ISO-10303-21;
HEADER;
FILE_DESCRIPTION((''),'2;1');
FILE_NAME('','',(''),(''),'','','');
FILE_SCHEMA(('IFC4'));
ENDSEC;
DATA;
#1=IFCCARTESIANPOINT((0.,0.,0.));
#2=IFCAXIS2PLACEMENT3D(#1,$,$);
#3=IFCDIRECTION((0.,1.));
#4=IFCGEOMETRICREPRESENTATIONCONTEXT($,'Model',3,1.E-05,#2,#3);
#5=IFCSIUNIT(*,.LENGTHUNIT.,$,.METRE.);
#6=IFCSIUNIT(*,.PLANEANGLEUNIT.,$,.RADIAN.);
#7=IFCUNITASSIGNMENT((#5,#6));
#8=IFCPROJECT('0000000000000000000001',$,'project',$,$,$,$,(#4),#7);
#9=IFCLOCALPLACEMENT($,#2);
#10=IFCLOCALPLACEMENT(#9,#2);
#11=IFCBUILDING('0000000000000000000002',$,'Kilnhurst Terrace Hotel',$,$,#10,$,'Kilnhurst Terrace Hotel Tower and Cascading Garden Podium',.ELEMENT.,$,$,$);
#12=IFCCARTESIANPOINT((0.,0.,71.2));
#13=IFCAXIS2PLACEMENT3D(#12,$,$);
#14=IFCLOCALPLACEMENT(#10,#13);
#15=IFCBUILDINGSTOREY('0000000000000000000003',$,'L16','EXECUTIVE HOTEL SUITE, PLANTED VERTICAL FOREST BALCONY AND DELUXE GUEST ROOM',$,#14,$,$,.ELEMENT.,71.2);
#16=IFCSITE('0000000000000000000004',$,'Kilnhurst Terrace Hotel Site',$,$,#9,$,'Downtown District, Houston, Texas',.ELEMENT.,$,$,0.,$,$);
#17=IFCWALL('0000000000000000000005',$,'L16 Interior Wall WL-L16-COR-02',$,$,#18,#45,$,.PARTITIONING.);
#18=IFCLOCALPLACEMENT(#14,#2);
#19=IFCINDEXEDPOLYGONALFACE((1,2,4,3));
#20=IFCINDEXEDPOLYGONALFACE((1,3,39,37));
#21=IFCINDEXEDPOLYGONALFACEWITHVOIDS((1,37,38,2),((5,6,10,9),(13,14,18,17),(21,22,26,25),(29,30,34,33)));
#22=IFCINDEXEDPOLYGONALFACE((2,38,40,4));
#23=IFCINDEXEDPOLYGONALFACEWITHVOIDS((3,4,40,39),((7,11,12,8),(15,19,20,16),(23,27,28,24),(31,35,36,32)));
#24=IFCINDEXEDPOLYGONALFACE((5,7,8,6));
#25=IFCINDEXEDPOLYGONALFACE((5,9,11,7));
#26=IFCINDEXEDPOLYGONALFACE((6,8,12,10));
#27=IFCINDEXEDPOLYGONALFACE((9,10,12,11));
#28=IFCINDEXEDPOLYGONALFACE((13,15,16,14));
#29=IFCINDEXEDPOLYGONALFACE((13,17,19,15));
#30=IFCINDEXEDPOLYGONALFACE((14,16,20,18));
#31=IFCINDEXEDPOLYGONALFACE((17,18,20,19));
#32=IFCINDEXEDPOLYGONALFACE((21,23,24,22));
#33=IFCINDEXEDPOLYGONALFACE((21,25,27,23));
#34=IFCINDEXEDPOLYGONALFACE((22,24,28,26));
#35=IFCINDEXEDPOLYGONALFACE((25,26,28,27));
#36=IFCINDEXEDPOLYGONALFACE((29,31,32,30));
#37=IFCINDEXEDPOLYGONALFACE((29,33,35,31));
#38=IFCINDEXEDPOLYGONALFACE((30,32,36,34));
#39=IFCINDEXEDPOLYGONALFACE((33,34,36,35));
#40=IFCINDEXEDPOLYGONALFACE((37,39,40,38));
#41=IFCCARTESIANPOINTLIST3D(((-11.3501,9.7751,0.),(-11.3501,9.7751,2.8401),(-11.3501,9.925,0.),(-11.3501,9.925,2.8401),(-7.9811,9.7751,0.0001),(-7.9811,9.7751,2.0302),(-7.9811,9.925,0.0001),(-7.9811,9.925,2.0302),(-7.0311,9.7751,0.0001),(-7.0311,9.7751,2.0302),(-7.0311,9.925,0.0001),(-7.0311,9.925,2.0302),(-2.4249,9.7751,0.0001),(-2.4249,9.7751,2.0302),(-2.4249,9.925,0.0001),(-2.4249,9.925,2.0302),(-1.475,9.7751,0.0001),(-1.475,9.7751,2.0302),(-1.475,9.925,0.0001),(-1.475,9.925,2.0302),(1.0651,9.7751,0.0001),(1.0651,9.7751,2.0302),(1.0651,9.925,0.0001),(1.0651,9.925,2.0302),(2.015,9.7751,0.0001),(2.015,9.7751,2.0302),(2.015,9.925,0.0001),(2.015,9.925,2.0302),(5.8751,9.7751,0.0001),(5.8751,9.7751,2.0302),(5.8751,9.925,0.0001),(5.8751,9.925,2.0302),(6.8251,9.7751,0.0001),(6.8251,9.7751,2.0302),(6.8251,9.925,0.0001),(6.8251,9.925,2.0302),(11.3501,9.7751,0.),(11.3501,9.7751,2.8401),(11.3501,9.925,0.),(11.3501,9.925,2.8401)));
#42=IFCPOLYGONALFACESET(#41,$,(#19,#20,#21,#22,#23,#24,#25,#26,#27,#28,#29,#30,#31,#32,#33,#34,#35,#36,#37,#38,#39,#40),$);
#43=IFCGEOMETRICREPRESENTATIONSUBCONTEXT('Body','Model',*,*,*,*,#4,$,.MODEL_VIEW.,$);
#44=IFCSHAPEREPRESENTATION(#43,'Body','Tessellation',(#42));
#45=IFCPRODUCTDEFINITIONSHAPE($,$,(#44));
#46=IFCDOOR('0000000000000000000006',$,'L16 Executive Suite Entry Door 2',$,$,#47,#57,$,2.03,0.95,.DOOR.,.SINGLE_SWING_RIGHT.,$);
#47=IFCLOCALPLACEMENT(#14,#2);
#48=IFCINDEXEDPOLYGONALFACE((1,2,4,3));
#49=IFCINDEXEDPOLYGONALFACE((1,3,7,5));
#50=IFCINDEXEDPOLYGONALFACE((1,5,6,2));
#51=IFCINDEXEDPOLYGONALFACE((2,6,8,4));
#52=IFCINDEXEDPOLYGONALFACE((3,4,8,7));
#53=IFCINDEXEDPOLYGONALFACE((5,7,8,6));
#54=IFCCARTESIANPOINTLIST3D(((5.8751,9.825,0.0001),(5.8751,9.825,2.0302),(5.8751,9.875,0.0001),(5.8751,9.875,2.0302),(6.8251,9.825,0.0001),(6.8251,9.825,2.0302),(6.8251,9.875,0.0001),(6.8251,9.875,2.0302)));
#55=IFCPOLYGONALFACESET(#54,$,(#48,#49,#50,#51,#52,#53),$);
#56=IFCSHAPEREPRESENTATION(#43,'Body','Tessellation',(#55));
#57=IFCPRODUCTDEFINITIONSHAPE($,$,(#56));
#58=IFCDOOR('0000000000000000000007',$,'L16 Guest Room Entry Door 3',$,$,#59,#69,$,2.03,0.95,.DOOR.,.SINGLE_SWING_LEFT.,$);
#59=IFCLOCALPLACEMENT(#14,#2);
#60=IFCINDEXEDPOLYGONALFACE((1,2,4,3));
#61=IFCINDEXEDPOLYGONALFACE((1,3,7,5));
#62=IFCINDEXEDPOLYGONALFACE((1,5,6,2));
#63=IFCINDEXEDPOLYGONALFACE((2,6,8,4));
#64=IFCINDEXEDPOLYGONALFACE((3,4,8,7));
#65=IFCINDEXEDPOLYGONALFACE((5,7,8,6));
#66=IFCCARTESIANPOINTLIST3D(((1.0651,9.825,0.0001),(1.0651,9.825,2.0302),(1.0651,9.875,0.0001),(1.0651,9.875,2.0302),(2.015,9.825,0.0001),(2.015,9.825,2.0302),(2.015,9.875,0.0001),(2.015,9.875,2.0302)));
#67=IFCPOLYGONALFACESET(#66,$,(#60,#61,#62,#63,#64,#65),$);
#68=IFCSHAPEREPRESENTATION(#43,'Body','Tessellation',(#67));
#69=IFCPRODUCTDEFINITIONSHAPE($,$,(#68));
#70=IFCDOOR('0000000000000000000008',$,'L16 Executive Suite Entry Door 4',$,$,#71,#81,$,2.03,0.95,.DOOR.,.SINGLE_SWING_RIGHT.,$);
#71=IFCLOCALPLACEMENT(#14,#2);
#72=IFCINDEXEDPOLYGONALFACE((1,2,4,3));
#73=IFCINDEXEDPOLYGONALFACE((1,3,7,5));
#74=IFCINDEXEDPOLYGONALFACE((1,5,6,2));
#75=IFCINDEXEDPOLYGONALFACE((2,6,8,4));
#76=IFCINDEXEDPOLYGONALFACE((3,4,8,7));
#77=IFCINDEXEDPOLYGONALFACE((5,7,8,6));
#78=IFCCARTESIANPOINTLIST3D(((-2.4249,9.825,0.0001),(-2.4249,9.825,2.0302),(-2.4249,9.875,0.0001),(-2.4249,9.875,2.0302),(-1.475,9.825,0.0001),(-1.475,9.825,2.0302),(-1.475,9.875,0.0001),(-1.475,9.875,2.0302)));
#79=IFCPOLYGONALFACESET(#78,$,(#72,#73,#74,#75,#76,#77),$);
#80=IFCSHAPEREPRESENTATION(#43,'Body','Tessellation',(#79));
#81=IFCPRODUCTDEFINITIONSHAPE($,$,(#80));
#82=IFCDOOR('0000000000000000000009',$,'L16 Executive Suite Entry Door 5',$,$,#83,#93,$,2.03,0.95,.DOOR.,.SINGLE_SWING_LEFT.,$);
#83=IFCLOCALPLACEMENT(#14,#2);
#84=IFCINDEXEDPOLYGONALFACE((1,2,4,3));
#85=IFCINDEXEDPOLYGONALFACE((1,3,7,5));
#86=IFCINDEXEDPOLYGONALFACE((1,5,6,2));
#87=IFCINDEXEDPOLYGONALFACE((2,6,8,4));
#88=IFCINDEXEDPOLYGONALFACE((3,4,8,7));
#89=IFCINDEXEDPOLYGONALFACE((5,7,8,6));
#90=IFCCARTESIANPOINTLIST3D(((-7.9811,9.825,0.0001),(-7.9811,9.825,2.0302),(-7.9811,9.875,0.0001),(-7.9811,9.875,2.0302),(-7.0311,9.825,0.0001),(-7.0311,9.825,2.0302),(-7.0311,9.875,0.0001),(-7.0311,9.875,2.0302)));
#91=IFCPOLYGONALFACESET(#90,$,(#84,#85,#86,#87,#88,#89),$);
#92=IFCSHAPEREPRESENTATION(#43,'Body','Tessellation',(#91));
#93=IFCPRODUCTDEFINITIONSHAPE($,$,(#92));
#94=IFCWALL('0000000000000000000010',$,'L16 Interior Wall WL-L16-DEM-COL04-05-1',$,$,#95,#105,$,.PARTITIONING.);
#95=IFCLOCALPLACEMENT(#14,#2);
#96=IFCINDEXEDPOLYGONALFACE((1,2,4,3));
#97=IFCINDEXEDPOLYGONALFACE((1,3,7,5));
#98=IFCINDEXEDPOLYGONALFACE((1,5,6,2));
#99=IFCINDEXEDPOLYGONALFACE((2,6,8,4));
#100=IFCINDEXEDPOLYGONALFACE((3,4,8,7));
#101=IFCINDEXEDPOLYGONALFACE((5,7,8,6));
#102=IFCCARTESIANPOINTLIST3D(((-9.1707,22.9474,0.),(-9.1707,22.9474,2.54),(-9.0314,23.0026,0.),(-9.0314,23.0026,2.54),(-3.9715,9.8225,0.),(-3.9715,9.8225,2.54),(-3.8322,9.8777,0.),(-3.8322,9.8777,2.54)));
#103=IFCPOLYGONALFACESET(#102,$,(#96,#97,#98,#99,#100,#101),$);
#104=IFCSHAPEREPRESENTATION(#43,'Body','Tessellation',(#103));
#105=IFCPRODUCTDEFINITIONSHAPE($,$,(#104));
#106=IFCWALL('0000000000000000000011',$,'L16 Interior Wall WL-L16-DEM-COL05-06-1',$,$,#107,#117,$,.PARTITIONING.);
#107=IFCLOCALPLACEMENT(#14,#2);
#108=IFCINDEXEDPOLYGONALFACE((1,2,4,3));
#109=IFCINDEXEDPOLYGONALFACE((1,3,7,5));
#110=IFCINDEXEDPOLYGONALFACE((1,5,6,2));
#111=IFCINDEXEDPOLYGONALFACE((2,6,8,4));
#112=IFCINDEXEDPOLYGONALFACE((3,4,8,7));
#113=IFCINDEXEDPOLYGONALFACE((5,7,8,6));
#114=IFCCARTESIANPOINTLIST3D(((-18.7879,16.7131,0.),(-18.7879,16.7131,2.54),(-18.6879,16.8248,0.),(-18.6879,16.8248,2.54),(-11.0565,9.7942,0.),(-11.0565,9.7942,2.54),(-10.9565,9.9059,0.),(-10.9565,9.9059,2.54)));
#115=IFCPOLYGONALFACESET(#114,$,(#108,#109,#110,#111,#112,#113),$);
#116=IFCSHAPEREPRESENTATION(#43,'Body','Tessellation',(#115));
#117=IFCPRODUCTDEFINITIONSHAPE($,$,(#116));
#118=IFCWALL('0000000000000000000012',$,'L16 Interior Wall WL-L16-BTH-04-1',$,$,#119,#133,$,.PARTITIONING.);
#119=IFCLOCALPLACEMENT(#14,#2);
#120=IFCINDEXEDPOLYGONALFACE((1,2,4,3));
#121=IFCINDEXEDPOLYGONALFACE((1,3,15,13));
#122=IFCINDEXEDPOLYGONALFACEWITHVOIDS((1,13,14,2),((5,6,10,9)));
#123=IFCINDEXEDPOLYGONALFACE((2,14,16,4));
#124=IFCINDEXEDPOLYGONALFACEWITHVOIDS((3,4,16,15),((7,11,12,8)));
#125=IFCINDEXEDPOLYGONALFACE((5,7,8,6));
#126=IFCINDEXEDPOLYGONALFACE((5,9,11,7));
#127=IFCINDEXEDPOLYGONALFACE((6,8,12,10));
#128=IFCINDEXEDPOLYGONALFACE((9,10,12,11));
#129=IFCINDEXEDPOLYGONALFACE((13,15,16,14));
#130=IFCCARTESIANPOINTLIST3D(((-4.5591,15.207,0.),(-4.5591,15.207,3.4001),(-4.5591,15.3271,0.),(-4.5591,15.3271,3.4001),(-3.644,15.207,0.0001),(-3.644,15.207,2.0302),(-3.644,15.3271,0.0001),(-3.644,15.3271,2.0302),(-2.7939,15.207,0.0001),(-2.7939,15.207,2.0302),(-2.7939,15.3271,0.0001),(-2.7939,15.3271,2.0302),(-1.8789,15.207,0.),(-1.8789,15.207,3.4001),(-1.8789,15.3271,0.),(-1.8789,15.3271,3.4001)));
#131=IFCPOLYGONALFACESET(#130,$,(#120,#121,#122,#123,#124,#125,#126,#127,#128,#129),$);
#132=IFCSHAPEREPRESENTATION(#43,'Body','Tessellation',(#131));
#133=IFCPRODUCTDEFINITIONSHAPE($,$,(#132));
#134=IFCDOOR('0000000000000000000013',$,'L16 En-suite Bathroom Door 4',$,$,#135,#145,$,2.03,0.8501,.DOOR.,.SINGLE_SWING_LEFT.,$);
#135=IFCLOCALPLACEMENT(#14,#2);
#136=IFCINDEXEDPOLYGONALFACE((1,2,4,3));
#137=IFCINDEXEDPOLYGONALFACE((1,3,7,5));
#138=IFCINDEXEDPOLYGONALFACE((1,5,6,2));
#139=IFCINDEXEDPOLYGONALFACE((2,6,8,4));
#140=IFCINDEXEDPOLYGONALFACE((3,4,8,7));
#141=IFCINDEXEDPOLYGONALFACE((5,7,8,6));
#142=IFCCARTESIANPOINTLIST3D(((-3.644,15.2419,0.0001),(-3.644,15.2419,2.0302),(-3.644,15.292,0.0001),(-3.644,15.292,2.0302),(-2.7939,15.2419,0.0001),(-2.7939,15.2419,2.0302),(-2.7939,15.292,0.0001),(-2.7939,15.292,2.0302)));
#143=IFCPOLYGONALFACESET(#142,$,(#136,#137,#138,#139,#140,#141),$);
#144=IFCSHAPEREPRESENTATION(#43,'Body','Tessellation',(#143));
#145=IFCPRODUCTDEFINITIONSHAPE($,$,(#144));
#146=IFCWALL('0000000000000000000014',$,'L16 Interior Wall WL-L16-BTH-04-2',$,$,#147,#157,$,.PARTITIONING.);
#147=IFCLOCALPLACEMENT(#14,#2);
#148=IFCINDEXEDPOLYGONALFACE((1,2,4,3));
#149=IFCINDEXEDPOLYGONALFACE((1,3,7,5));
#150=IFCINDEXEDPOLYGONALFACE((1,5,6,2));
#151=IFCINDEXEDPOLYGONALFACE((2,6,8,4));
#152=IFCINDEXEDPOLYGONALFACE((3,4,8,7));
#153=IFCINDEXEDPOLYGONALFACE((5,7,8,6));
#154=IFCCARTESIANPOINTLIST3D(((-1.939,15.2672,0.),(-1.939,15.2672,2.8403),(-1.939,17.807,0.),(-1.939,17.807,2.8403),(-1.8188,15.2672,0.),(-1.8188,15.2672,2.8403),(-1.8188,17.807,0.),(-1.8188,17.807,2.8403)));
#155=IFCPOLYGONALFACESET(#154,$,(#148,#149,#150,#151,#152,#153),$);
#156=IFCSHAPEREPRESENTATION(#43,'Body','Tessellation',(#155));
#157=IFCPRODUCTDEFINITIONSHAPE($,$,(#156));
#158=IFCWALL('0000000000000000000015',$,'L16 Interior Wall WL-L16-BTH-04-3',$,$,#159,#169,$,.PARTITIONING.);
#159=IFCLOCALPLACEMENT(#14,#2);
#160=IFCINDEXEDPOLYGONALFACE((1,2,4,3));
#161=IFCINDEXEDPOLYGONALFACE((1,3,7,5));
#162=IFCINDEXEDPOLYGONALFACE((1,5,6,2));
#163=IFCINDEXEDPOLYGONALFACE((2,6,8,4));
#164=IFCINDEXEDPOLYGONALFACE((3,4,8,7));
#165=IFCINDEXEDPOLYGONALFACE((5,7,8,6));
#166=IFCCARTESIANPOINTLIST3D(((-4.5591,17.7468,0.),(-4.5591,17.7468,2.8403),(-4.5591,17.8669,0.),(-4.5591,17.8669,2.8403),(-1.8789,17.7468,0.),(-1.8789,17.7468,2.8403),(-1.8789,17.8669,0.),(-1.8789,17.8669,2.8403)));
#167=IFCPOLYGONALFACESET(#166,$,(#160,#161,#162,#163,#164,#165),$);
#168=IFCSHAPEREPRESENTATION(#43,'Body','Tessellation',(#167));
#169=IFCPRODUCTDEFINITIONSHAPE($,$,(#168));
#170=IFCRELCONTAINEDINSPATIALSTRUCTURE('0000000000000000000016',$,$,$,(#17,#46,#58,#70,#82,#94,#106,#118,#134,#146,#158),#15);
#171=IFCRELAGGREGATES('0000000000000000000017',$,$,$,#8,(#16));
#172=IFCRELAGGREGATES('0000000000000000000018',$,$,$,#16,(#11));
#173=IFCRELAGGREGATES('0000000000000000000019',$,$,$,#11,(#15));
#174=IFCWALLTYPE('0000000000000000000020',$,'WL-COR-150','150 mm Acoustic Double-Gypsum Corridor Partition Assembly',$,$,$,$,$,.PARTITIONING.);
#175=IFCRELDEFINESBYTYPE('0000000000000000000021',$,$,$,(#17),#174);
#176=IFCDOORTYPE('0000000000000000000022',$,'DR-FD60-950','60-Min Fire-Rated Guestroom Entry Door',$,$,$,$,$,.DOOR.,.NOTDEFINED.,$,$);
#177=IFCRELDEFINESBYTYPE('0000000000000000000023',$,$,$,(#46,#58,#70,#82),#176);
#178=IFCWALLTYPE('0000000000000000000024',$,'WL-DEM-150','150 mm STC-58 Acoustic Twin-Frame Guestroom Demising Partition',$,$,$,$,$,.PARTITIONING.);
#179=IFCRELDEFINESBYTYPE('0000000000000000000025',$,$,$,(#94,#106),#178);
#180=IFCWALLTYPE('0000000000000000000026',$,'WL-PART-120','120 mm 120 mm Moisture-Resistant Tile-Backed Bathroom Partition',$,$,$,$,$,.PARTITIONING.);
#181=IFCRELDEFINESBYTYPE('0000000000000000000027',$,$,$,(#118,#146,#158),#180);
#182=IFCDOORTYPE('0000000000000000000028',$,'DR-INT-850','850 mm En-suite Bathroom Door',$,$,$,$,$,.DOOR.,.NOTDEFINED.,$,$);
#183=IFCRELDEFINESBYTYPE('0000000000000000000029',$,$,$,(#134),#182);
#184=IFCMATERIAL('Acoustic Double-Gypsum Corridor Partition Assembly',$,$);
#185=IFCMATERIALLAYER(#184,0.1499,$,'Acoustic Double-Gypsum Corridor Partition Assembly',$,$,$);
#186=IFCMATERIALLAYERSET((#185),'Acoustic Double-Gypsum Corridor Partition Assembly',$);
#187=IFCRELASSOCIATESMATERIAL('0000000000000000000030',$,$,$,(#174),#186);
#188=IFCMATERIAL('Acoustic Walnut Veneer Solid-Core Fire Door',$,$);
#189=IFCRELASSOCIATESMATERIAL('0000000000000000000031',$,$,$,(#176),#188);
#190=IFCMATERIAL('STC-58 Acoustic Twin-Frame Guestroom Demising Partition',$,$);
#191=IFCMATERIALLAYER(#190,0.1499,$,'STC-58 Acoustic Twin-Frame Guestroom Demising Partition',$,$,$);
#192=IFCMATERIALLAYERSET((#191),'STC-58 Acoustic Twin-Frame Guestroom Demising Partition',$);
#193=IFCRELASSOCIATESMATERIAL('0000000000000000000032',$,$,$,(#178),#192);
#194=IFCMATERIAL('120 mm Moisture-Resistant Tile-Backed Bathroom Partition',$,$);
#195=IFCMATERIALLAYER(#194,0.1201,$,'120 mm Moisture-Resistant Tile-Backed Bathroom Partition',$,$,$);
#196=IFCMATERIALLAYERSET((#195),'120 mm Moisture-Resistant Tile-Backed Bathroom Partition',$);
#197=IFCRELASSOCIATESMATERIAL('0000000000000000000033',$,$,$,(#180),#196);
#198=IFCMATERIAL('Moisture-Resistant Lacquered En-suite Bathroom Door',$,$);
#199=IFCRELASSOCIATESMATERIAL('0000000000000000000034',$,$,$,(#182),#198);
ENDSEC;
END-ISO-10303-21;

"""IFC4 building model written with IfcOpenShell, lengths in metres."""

from ifc_helpers import new_model, si_unit, direction, frame, frame_2d, origin, place, context, subcontext, project, spatial, rectangle, extrude, material, layer, layer_set, type_object, element, fill, save


model = new_model("IFC4")

# Units and contexts
model_context = context("Model", 3, precision=1e-05, world=origin(), true_north=direction((0.0, 1.0)))
body_context = subcontext(model_context, "Body", "Model", "MODEL_VIEW")
ifc_project = project(units=[si_unit("LENGTHUNIT", "METRE"), si_unit("PLANEANGLEUNIT", "RADIAN")], contexts=[model_context])

# Site, building, storey
site_placement = place(None, origin())
site = spatial("IfcSite", under=ifc_project, at=site_placement, Name="Kilnhurst Terrace Hotel Site", LongName="Downtown District, Houston, Texas", CompositionType="ELEMENT", RefElevation=0.0)
building_placement = place(site_placement, origin())
building = spatial("IfcBuilding", under=site, at=building_placement, Name="Kilnhurst Terrace Hotel", LongName="Kilnhurst Terrace Hotel Tower and Cascading Garden Podium", CompositionType="ELEMENT")
storey_placement = place(building_placement, frame((0.0, 0.0, 71.2)))
storey = spatial("IfcBuildingStorey", under=building, at=storey_placement, Name="L16", Description="EXECUTIVE HOTEL SUITE, PLANTED VERTICAL FOREST BALCONY AND DELUXE GUEST ROOM", CompositionType="ELEMENT", Elevation=71.2)

# Wall, openings, doors
ifc_material_1 = material(Name="Acoustic Double-Gypsum Corridor Partition Assembly")
ifc_layer_1 = layer(ifc_material_1, 0.1499, Name="Acoustic Double-Gypsum Corridor Partition Assembly")
ifc_layer_set_1 = layer_set([ifc_layer_1], Name="Acoustic Double-Gypsum Corridor Partition Assembly")
wall_type_1 = type_object("IfcWallType", Name="WL-COR-150", Description="150 mm Acoustic Double-Gypsum Corridor Partition Assembly", PredefinedType="PARTITIONING", material=ifc_layer_set_1)
wall_1_placement = place(storey_placement, frame((-11.3501, 9.8501, 0.0), z_axis=(0.0, 0.0, 1.0), x_axis=(1.0, 0.0, 0.0)))
wall_1 = element("IfcWall", 1, at=wall_1_placement, inside=storey, type_object=wall_type_1, Name="L16 Interior Wall WL-L16-COR-02", PredefinedType="PARTITIONING", context=body_context, shape_type="SweptSolid", body=[
    extrude(rectangle(XDim=22.7002, YDim=0.1499, at=frame_2d((11.3501, 0.0))), origin(), (0.0, 0.0, 1.0), 2.8401),
])
opening_1_placement = place(wall_1_placement, frame((17.2251, 0.0, 0.0)))
opening_1 = element("IfcOpeningElement", 2, at=opening_1_placement, cuts=wall_1, PredefinedType="OPENING", context=body_context, shape_type="SweptSolid", body=[
    extrude(rectangle(XDim=0.95, YDim=2.03, at=frame_2d((0.4751, 1.0151))), frame((0.0, 0.085, 0.0), z_axis=(0.0, -1.0, 0.0), x_axis=(1.0, 0.0, 0.0)), (0.0, 0.0, 1.0), 0.1699),
])
opening_2_placement = place(wall_1_placement, frame((12.415, 0.0, 0.0)))
opening_2 = element("IfcOpeningElement", 3, at=opening_2_placement, cuts=wall_1, PredefinedType="OPENING", context=body_context, shape_type="SweptSolid", body=[
    extrude(rectangle(XDim=0.95, YDim=2.03, at=frame_2d((0.4751, 1.0151))), frame((0.0, 0.085, 0.0), z_axis=(0.0, -1.0, 0.0), x_axis=(1.0, 0.0, 0.0)), (0.0, 0.0, 1.0), 0.1699),
])
opening_3_placement = place(wall_1_placement, frame((8.925, 0.0, 0.0)))
opening_3 = element("IfcOpeningElement", 4, at=opening_3_placement, cuts=wall_1, PredefinedType="OPENING", context=body_context, shape_type="SweptSolid", body=[
    extrude(rectangle(XDim=0.95, YDim=2.03, at=frame_2d((0.4751, 1.0151))), frame((0.0, 0.085, 0.0), z_axis=(0.0, -1.0, 0.0), x_axis=(1.0, 0.0, 0.0)), (0.0, 0.0, 1.0), 0.1699),
])
opening_4_placement = place(wall_1_placement, frame((3.3689, 0.0, 0.0)))
opening_4 = element("IfcOpeningElement", 5, at=opening_4_placement, cuts=wall_1, PredefinedType="OPENING", context=body_context, shape_type="SweptSolid", body=[
    extrude(rectangle(XDim=0.95, YDim=2.03, at=frame_2d((0.4751, 1.0151))), frame((0.0, 0.085, 0.0), z_axis=(0.0, -1.0, 0.0), x_axis=(1.0, 0.0, 0.0)), (0.0, 0.0, 1.0), 0.1699),
])
ifc_material_2 = material(Name="Acoustic Walnut Veneer Solid-Core Fire Door")
door_type_1 = type_object("IfcDoorType", Name="DR-FD60-950", Description="60-Min Fire-Rated Guestroom Entry Door", OperationType="NOTDEFINED", PredefinedType="DOOR", material=ifc_material_2)
door_1_placement = place(opening_1_placement, origin())
door_1 = element("IfcDoor", 6, at=door_1_placement, inside=storey, type_object=door_type_1, Name="L16 Executive Suite Entry Door 2", OperationType="SINGLE_SWING_RIGHT", OverallHeight=2.03, OverallWidth=0.95, PredefinedType="DOOR", context=body_context, shape_type="SweptSolid", body=[
    extrude(rectangle(XDim=0.95, YDim=2.03, at=frame_2d((0.4751, 1.0151))), frame((0.0, 0.0249, 0.0), z_axis=(0.0, -1.0, 0.0), x_axis=(1.0, 0.0, 0.0)), (0.0, 0.0, 1.0), 0.05),
])
fill(opening_1, door_1)
door_2_placement = place(opening_2_placement, origin())
door_2 = element("IfcDoor", 7, at=door_2_placement, inside=storey, type_object=door_type_1, Name="L16 Guest Room Entry Door 3", OperationType="SINGLE_SWING_LEFT", OverallHeight=2.03, OverallWidth=0.95, PredefinedType="DOOR", context=body_context, shape_type="SweptSolid", body=[
    extrude(rectangle(XDim=0.95, YDim=2.03, at=frame_2d((0.4751, 1.0151))), frame((0.0, 0.0249, 0.0), z_axis=(0.0, -1.0, 0.0), x_axis=(1.0, 0.0, 0.0)), (0.0, 0.0, 1.0), 0.05),
])
fill(opening_2, door_2)
door_3_placement = place(opening_3_placement, origin())
door_3 = element("IfcDoor", 8, at=door_3_placement, inside=storey, type_object=door_type_1, Name="L16 Executive Suite Entry Door 4", OperationType="SINGLE_SWING_RIGHT", OverallHeight=2.03, OverallWidth=0.95, PredefinedType="DOOR", context=body_context, shape_type="SweptSolid", body=[
    extrude(rectangle(XDim=0.95, YDim=2.03, at=frame_2d((0.4751, 1.0151))), frame((0.0, 0.0249, 0.0), z_axis=(0.0, -1.0, 0.0), x_axis=(1.0, 0.0, 0.0)), (0.0, 0.0, 1.0), 0.05),
])
fill(opening_3, door_3)
door_4_placement = place(opening_4_placement, origin())
door_4 = element("IfcDoor", 9, at=door_4_placement, inside=storey, type_object=door_type_1, Name="L16 Executive Suite Entry Door 5", OperationType="SINGLE_SWING_LEFT", OverallHeight=2.03, OverallWidth=0.95, PredefinedType="DOOR", context=body_context, shape_type="SweptSolid", body=[
    extrude(rectangle(XDim=0.95, YDim=2.03, at=frame_2d((0.4751, 1.0151))), frame((0.0, 0.0249, 0.0), z_axis=(0.0, -1.0, 0.0), x_axis=(1.0, 0.0, 0.0)), (0.0, 0.0, 1.0), 0.05),
])
fill(opening_4, door_4)

# Walls
ifc_material_3 = material(Name="STC-58 Acoustic Twin-Frame Guestroom Demising Partition")
ifc_layer_2 = layer(ifc_material_3, 0.1499, Name="STC-58 Acoustic Twin-Frame Guestroom Demising Partition")
ifc_layer_set_2 = layer_set([ifc_layer_2], Name="STC-58 Acoustic Twin-Frame Guestroom Demising Partition")
wall_type_2 = type_object("IfcWallType", Name="WL-DEM-150", Description="150 mm STC-58 Acoustic Twin-Frame Guestroom Demising Partition", PredefinedType="PARTITIONING", material=ifc_layer_set_2)
wall_2_placement = place(storey_placement, frame((-3.9019, 9.8501, 0.0), z_axis=(0.0, 0.0, 1.0), x_axis=(-0.368288, 0.929712, 0.0)))
element("IfcWall", 10, at=wall_2_placement, inside=storey, type_object=wall_type_2, Name="L16 Interior Wall WL-L16-DEM-COL04-05-1", PredefinedType="PARTITIONING", context=body_context, shape_type="SweptSolid", body=[
    extrude(rectangle(XDim=14.1172, YDim=0.1499, at=frame_2d((7.0586, 0.0))), origin(), (0.0, 0.0, 1.0), 2.54),
])
wall_3_placement = place(storey_placement, frame((-11.0066, 9.8501, 0.0), z_axis=(0.0, 0.0, 1.0), x_axis=(-0.745177, 0.666866, 0.0)))
element("IfcWall", 11, at=wall_3_placement, inside=storey, type_object=wall_type_2, Name="L16 Interior Wall WL-L16-DEM-COL05-06-1", PredefinedType="PARTITIONING", context=body_context, shape_type="SweptSolid", body=[
    extrude(rectangle(XDim=10.3752, YDim=0.1499, at=frame_2d((5.1875, 0.0))), origin(), (0.0, 0.0, 1.0), 2.54),
])

# Wall, opening, door
ifc_material_4 = material(Name="120 mm Moisture-Resistant Tile-Backed Bathroom Partition")
ifc_layer_3 = layer(ifc_material_4, 0.1201, Name="120 mm Moisture-Resistant Tile-Backed Bathroom Partition")
ifc_layer_set_3 = layer_set([ifc_layer_3], Name="120 mm Moisture-Resistant Tile-Backed Bathroom Partition")
wall_type_3 = type_object("IfcWallType", Name="WL-PART-120", Description="120 mm 120 mm Moisture-Resistant Tile-Backed Bathroom Partition", PredefinedType="PARTITIONING", material=ifc_layer_set_3)
wall_4_placement = place(storey_placement, frame((-4.5591, 15.2671, 0.0), z_axis=(0.0, 0.0, 1.0), x_axis=(1.0, 0.0, 0.0)))
wall_4 = element("IfcWall", 12, at=wall_4_placement, inside=storey, type_object=wall_type_3, Name="L16 Interior Wall WL-L16-BTH-04-1", PredefinedType="PARTITIONING", context=body_context, shape_type="SweptSolid", body=[
    extrude(rectangle(XDim=2.6802, YDim=0.1201, at=frame_2d((1.3401, 0.0))), origin(), (0.0, 0.0, 1.0), 3.4001),
])
opening_5_placement = place(wall_4_placement, frame((0.915, 0.0, 0.0)))
opening_5 = element("IfcOpeningElement", 13, at=opening_5_placement, cuts=wall_4, PredefinedType="OPENING", context=body_context, shape_type="SweptSolid", body=[
    extrude(rectangle(XDim=0.8501, YDim=2.03, at=frame_2d((0.425, 1.0151))), frame((0.0, 0.0701, 0.0), z_axis=(0.0, -1.0, 0.0), x_axis=(1.0, 0.0, 0.0)), (0.0, 0.0, 1.0), 0.1401),
])
ifc_material_5 = material(Name="Moisture-Resistant Lacquered En-suite Bathroom Door")
door_type_2 = type_object("IfcDoorType", Name="DR-INT-850", Description="850 mm En-suite Bathroom Door", OperationType="NOTDEFINED", PredefinedType="DOOR", material=ifc_material_5)
door_5_placement = place(opening_5_placement, origin())
door_5 = element("IfcDoor", 14, at=door_5_placement, inside=storey, type_object=door_type_2, Name="L16 En-suite Bathroom Door 4", OperationType="SINGLE_SWING_LEFT", OverallHeight=2.03, OverallWidth=0.8501, PredefinedType="DOOR", context=body_context, shape_type="SweptSolid", body=[
    extrude(rectangle(XDim=0.8501, YDim=2.03, at=frame_2d((0.425, 1.0151))), frame((0.0, 0.0249, 0.0), z_axis=(0.0, -1.0, 0.0), x_axis=(1.0, 0.0, 0.0)), (0.0, 0.0, 1.0), 0.05),
])
fill(opening_5, door_5)

# Walls
wall_5_placement = place(storey_placement, frame((-1.8789, 15.2671, 0.0), z_axis=(0.0, 0.0, 1.0), x_axis=(0.0, 1.0, 0.0)))
element("IfcWall", 15, at=wall_5_placement, inside=storey, type_object=wall_type_3, Name="L16 Interior Wall WL-L16-BTH-04-2", PredefinedType="PARTITIONING", context=body_context, shape_type="SweptSolid", body=[
    extrude(rectangle(XDim=2.5398, YDim=0.1201, at=frame_2d((1.27, 0.0))), origin(), (0.0, 0.0, 1.0), 2.8403),
])
wall_6_placement = place(storey_placement, frame((-1.8789, 17.8069, 0.0), z_axis=(0.0, 0.0, 1.0), x_axis=(-1.0, 0.0, 0.0)))
element("IfcWall", 16, at=wall_6_placement, inside=storey, type_object=wall_type_3, Name="L16 Interior Wall WL-L16-BTH-04-3", PredefinedType="PARTITIONING", context=body_context, shape_type="SweptSolid", body=[
    extrude(rectangle(XDim=2.6802, YDim=0.1201, at=frame_2d((1.3401, 0.0))), origin(), (0.0, 0.0, 1.0), 2.8403),
])

save(model, "model.ifc")
